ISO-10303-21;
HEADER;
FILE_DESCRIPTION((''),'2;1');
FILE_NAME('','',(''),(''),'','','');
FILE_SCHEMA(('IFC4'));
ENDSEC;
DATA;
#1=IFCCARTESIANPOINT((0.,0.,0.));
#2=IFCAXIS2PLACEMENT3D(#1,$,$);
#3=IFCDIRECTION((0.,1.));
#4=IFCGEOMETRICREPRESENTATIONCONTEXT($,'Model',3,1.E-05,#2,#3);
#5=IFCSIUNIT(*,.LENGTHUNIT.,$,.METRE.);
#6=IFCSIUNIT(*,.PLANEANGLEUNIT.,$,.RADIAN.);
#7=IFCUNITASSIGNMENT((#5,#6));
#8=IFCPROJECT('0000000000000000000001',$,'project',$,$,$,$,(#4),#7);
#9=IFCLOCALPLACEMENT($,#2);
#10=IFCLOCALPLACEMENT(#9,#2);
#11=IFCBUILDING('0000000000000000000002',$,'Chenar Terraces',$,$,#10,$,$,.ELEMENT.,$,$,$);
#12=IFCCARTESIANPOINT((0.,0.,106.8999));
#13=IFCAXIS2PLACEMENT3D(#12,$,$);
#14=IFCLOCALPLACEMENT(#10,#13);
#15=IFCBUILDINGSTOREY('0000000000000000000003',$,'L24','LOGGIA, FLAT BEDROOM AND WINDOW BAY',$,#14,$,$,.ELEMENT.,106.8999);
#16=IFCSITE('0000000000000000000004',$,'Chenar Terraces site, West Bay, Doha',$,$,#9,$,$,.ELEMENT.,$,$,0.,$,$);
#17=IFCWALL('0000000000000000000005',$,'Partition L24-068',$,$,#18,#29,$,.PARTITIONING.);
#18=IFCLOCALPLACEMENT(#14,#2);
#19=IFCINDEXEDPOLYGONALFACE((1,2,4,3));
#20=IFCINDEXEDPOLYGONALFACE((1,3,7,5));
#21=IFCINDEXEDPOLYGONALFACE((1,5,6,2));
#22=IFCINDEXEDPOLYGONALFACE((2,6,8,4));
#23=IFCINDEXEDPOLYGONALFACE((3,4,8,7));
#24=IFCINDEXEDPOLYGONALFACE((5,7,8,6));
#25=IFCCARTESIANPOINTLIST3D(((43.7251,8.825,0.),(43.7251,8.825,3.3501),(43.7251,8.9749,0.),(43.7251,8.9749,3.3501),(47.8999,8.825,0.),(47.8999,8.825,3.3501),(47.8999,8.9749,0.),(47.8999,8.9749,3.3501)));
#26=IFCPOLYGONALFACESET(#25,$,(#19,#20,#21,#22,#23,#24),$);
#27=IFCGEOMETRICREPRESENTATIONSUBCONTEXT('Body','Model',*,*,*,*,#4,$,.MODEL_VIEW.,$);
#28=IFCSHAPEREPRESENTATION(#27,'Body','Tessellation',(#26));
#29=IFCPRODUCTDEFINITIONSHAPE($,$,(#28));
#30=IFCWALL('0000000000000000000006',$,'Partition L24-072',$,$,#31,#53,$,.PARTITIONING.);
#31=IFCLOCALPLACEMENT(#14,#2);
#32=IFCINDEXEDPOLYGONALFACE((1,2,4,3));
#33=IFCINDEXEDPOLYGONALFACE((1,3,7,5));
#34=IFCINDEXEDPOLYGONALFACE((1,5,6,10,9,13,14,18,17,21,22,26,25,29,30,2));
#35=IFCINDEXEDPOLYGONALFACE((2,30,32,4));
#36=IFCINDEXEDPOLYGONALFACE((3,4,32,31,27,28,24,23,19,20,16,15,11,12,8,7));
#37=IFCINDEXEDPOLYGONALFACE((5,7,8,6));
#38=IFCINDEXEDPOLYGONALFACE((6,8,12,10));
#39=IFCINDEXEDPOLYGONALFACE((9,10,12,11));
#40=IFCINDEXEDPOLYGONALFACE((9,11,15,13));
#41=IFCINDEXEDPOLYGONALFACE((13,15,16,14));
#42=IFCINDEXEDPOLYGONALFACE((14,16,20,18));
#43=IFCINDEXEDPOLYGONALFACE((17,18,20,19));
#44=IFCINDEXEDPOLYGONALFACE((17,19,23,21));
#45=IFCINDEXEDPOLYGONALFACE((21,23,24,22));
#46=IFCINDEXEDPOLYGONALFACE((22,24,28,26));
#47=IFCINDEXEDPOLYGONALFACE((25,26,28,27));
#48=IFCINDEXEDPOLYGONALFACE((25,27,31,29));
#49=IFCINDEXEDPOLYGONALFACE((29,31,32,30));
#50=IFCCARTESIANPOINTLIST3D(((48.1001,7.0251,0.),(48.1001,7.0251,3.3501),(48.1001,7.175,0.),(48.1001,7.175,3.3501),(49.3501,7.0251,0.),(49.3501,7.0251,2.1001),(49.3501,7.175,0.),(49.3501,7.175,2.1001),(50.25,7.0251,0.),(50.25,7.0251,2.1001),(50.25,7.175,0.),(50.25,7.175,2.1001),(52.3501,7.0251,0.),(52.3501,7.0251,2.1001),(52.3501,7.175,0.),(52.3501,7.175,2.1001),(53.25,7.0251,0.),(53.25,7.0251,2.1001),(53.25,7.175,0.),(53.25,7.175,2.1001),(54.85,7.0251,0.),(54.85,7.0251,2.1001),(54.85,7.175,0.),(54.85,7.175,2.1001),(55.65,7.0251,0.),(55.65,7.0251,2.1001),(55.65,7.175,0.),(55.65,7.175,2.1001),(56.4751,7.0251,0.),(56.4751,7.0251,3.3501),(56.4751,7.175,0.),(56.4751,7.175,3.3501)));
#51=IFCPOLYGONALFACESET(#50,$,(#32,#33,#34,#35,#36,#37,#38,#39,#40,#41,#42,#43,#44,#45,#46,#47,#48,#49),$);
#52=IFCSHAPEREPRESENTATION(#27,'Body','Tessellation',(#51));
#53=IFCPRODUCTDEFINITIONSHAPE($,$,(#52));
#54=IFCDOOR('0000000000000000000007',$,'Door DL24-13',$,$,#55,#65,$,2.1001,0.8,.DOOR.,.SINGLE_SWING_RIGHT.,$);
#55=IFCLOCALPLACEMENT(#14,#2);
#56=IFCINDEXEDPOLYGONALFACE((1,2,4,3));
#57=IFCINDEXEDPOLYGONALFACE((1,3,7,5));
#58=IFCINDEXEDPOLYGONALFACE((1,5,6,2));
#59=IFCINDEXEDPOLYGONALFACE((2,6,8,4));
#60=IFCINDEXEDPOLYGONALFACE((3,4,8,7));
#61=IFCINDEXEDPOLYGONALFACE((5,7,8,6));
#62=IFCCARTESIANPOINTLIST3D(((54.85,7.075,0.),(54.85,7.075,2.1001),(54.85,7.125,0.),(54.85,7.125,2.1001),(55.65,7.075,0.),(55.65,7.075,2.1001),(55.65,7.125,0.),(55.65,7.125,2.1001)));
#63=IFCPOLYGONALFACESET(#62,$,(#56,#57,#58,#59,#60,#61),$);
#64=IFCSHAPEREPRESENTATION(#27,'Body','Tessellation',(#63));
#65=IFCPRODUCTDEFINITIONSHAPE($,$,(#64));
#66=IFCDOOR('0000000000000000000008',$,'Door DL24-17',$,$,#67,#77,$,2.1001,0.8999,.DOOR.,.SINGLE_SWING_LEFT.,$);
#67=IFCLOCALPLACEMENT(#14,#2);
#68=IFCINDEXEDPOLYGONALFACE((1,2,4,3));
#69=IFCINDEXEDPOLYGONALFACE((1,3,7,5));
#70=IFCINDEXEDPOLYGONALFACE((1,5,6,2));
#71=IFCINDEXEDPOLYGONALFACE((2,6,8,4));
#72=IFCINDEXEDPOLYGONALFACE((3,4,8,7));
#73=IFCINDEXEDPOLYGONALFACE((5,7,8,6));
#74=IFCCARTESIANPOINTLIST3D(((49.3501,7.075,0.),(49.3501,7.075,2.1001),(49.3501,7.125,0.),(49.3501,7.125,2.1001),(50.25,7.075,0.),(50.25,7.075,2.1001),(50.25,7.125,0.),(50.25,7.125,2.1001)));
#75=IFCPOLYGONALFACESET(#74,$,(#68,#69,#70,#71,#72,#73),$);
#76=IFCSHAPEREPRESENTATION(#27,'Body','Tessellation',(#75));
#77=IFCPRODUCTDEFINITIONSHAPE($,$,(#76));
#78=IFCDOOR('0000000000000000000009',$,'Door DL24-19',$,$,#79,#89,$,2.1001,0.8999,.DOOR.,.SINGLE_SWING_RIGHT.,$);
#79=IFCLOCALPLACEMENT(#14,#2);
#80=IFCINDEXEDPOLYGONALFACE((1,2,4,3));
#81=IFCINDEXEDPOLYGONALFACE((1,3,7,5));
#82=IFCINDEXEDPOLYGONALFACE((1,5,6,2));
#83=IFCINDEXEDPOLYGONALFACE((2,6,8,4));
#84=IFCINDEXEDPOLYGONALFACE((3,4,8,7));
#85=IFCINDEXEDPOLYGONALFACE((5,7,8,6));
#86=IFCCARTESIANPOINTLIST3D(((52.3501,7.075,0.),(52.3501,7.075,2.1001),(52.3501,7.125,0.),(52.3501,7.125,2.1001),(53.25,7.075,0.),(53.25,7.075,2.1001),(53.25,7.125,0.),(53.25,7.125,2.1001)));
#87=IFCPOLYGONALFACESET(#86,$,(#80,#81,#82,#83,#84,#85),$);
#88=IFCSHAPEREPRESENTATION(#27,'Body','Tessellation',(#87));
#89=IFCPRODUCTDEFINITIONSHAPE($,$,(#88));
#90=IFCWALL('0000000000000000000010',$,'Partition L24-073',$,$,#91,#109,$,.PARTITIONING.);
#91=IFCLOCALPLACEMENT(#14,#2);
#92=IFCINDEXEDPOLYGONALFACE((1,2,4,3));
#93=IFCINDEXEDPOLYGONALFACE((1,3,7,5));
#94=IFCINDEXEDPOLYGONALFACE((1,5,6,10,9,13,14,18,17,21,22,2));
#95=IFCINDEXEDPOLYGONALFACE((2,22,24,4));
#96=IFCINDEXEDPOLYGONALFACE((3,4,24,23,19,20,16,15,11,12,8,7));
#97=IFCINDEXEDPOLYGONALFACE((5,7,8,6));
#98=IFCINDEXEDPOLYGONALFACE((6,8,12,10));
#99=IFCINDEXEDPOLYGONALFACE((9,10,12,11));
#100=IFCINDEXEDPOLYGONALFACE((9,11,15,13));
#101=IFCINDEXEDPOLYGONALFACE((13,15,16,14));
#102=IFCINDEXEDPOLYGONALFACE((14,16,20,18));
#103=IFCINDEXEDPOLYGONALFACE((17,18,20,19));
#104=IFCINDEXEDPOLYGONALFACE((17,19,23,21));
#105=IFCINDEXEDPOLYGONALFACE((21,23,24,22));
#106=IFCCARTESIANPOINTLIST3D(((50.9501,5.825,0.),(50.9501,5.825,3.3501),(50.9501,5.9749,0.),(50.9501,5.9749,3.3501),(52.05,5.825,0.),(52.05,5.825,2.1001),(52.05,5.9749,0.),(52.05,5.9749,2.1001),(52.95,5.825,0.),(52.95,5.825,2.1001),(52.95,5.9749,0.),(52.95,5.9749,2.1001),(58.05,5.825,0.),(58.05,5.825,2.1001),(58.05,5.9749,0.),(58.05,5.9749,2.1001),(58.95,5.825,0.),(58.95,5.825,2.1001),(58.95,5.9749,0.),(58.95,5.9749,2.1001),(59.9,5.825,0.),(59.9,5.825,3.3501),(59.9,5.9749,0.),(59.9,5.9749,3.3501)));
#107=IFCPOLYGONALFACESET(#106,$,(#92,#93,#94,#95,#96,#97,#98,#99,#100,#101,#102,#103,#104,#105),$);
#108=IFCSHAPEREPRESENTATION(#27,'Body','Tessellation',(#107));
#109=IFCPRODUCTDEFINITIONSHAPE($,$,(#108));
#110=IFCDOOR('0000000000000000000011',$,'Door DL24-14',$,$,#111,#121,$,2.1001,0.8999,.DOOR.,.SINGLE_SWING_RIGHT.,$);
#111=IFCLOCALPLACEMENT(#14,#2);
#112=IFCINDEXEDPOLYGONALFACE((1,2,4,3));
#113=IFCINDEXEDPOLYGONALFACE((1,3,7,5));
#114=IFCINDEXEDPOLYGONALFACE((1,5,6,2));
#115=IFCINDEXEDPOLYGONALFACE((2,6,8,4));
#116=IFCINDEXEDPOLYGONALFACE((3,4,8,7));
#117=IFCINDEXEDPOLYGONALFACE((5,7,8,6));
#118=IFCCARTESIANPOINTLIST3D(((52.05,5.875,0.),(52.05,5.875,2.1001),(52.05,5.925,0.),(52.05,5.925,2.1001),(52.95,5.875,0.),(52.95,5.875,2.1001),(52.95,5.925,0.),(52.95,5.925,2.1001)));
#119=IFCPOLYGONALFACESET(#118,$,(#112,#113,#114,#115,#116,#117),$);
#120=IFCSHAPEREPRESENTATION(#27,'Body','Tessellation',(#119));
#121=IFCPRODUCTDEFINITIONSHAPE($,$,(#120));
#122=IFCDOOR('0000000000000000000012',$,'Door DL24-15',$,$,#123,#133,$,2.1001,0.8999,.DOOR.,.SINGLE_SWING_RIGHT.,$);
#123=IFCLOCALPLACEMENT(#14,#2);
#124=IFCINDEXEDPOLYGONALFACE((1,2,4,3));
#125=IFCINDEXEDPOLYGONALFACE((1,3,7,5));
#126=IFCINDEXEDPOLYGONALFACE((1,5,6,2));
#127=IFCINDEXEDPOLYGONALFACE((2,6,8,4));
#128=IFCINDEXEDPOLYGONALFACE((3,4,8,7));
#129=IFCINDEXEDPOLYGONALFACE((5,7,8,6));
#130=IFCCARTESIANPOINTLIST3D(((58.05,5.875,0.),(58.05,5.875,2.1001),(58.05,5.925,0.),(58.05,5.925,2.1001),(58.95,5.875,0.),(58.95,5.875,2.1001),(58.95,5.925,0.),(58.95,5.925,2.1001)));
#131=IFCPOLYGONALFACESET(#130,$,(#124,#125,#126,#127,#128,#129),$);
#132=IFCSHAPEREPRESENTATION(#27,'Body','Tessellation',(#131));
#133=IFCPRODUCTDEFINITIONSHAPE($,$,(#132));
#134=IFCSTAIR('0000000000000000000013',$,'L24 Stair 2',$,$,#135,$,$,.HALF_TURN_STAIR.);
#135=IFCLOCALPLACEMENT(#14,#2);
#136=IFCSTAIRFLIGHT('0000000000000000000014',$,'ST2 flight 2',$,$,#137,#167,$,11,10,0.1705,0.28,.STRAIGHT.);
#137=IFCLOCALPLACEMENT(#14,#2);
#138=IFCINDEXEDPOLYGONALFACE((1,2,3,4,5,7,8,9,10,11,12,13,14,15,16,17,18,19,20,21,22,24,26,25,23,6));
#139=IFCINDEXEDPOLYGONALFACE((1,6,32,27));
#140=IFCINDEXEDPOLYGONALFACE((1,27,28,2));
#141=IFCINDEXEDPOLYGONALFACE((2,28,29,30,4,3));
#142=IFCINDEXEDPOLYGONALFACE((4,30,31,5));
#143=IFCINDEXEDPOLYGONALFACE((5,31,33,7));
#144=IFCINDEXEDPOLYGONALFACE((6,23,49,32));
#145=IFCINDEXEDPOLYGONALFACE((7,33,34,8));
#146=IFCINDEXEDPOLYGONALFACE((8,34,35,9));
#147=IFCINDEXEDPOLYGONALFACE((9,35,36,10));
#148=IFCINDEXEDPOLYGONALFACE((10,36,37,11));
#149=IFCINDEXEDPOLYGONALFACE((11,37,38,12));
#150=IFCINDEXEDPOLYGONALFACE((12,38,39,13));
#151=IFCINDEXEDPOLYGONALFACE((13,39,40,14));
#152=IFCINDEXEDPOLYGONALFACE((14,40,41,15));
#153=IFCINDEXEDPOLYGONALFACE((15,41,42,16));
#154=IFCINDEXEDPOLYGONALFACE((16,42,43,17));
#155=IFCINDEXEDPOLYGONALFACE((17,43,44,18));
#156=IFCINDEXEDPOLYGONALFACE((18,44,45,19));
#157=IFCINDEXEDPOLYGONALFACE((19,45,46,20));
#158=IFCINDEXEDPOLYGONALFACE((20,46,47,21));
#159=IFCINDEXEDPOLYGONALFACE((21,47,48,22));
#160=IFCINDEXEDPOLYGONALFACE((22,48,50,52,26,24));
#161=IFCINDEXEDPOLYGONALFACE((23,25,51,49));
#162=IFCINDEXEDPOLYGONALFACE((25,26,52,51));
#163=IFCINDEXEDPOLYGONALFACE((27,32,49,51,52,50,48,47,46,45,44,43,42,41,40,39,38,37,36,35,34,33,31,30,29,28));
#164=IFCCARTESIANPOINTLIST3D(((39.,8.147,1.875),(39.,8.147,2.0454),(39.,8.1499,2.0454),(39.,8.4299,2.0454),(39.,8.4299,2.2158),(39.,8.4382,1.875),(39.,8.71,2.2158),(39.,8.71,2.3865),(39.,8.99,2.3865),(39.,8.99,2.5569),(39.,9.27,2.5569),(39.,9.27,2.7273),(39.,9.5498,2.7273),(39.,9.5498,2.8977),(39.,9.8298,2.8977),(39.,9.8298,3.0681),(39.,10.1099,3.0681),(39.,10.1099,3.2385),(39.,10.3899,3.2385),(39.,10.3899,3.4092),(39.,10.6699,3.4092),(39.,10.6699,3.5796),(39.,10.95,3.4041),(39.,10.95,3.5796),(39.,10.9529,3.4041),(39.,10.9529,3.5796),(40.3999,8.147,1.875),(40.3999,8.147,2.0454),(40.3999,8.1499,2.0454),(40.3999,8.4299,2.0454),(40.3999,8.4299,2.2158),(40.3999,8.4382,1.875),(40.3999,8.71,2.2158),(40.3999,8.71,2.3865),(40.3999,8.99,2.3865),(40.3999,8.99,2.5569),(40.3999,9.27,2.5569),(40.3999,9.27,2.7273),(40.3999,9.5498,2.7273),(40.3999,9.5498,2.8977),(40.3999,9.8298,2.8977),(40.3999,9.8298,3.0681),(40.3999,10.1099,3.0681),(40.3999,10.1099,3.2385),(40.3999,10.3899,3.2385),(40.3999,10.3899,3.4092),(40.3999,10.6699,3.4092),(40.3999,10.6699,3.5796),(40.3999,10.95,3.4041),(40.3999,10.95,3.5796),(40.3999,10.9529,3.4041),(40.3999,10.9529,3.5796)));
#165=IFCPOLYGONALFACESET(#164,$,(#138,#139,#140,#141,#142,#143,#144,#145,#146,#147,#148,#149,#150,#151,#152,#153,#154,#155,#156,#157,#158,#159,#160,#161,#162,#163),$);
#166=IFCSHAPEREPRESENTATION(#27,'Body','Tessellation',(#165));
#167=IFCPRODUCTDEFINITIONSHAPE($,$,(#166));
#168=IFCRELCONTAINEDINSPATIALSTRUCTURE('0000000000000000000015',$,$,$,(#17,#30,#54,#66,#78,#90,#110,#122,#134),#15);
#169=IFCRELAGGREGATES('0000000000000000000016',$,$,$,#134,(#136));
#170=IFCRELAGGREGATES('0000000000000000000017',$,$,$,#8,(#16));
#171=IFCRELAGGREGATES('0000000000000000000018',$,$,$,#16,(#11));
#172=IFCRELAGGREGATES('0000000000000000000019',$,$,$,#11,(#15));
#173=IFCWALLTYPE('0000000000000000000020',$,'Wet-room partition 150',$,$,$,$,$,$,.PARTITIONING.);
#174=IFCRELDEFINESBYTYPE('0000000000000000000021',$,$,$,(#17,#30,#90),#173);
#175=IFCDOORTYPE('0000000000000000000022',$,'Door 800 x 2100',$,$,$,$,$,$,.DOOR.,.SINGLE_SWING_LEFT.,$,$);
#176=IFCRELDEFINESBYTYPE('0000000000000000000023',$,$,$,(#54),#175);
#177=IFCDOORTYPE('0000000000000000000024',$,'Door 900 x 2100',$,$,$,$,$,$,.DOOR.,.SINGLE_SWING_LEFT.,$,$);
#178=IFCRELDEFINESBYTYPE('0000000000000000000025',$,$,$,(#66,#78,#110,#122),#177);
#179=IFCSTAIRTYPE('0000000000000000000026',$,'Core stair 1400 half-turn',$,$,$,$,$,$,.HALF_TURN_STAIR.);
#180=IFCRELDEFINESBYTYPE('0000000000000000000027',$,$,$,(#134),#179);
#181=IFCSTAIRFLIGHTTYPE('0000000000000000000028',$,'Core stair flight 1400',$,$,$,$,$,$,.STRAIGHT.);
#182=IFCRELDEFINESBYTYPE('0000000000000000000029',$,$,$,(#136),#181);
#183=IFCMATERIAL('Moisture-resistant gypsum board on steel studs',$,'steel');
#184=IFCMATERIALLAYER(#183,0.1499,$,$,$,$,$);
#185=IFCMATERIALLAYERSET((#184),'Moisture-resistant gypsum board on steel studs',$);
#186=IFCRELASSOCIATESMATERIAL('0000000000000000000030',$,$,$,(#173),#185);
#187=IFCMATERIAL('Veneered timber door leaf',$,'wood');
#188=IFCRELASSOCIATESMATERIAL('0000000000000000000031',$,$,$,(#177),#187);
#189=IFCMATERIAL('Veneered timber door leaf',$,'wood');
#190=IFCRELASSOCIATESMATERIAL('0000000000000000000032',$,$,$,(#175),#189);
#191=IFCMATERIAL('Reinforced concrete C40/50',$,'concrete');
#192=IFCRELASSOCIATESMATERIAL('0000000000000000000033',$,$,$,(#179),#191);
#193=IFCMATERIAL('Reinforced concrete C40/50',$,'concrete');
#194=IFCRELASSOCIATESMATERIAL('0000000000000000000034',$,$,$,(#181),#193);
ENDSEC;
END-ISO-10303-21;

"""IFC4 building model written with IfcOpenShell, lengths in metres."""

from ifc_helpers import new_model, si_unit, direction, frame, frame_2d, origin, place, context, subcontext, project, spatial, polyline, rectangle, outline, extrude, material, layer, layer_set, type_object, element, fill, aggregate, save


model = new_model("IFC4")

# Units and contexts
model_context = context("Model", 3, precision=1e-05, world=origin(), true_north=direction((0.0, 1.0)))
body_context = subcontext(model_context, "Body", "Model", "MODEL_VIEW")
ifc_project = project(units=[si_unit("LENGTHUNIT", "METRE"), si_unit("PLANEANGLEUNIT", "RADIAN")], contexts=[model_context])

# Site, building, storey
site_placement = place(None, origin())
site = spatial("IfcSite", under=ifc_project, at=site_placement, Name="Chenar Terraces site, West Bay, Doha", CompositionType="ELEMENT", RefElevation=0.0)
building_placement = place(site_placement, origin())
building = spatial("IfcBuilding", under=site, at=building_placement, Name="Chenar Terraces", CompositionType="ELEMENT")
storey_placement = place(building_placement, frame((0.0, 0.0, 106.8999)))
storey = spatial("IfcBuildingStorey", under=building, at=storey_placement, Name="L24", Description="LOGGIA, FLAT BEDROOM AND WINDOW BAY", CompositionType="ELEMENT", Elevation=106.8999)

# Shared definitions
ifc_material_1 = material(Name="Moisture-resistant gypsum board on steel studs", Category="steel")
ifc_layer_1 = layer(ifc_material_1, 0.1499)
ifc_layer_set_1 = layer_set([ifc_layer_1], Name="Moisture-resistant gypsum board on steel studs")
wall_type_1 = type_object("IfcWallType", Name="Wet-room partition 150", PredefinedType="PARTITIONING", material=ifc_layer_set_1)
ifc_material_2 = material(Name="Veneered timber door leaf", Category="wood")
door_type_1 = type_object("IfcDoorType", Name="Door 900 x 2100", OperationType="SINGLE_SWING_LEFT", PredefinedType="DOOR", material=ifc_material_2)
ifc_material_3 = material(Name="Veneered timber door leaf", Category="wood")
door_type_2 = type_object("IfcDoorType", Name="Door 800 x 2100", OperationType="SINGLE_SWING_LEFT", PredefinedType="DOOR", material=ifc_material_3)

# Wall
wall_1_placement = place(storey_placement, frame((43.7251, 8.8999, 0.0), z_axis=(0.0, 0.0, 1.0), x_axis=(1.0, 0.0, 0.0)))
element("IfcWall", 1, at=wall_1_placement, inside=storey, type_object=wall_type_1, Name="Partition L24-068", PredefinedType="PARTITIONING", context=body_context, shape_type="SweptSolid", body=[
    extrude(rectangle(XDim=4.1748, YDim=0.1499, at=frame_2d((2.0874, 0.0))), origin(), (0.0, 0.0, 1.0), 3.3501),
])

# Walls, openings, doors
wall_2_placement = place(storey_placement, frame((48.1001, 7.1001, 0.0), z_axis=(0.0, 0.0, 1.0), x_axis=(1.0, 0.0, 0.0)))
wall_2 = element("IfcWall", 2, at=wall_2_placement, inside=storey, type_object=wall_type_1, Name="Partition L24-072", PredefinedType="PARTITIONING", context=body_context, shape_type="SweptSolid", body=[
    extrude(rectangle(XDim=8.375, YDim=0.1499, at=frame_2d((4.1875, 0.0))), origin(), (0.0, 0.0, 1.0), 3.3501),
])
opening_1_placement = place(wall_2_placement, frame((6.75, 0.0, 0.0)))
opening_1 = element("IfcOpeningElement", 3, at=opening_1_placement, cuts=wall_2, PredefinedType="OPENING", context=body_context, shape_type="SweptSolid", body=[
    extrude(rectangle(XDim=0.8, YDim=2.1001, at=frame_2d((0.3999, 1.05))), frame((0.0, 0.085, 0.0), z_axis=(0.0, -1.0, 0.0), x_axis=(1.0, 0.0, 0.0)), (0.0, 0.0, 1.0), 0.1699),
])
opening_2_placement = place(wall_2_placement, frame((1.25, 0.0, 0.0)))
opening_2 = element("IfcOpeningElement", 4, at=opening_2_placement, cuts=wall_2, PredefinedType="OPENING", context=body_context, shape_type="SweptSolid", body=[
    extrude(rectangle(XDim=0.8999, YDim=2.1001, at=frame_2d((0.45, 1.05))), frame((0.0, 0.085, 0.0), z_axis=(0.0, -1.0, 0.0), x_axis=(1.0, 0.0, 0.0)), (0.0, 0.0, 1.0), 0.1699),
])
opening_3_placement = place(wall_2_placement, frame((4.25, 0.0, 0.0)))
opening_3 = element("IfcOpeningElement", 5, at=opening_3_placement, cuts=wall_2, PredefinedType="OPENING", context=body_context, shape_type="SweptSolid", body=[
    extrude(rectangle(XDim=0.8999, YDim=2.1001, at=frame_2d((0.45, 1.05))), frame((0.0, 0.085, 0.0), z_axis=(0.0, -1.0, 0.0), x_axis=(1.0, 0.0, 0.0)), (0.0, 0.0, 1.0), 0.1699),
])
door_1_placement = place(opening_1_placement, origin())
door_1 = element("IfcDoor", 6, at=door_1_placement, inside=storey, type_object=door_type_2, Name="Door DL24-13", OperationType="SINGLE_SWING_RIGHT", OverallHeight=2.1001, OverallWidth=0.8, PredefinedType="DOOR", context=body_context, shape_type="SweptSolid", body=[
    extrude(rectangle(XDim=0.8, YDim=2.1001, at=frame_2d((0.3999, 1.05))), frame((0.0, 0.0249, 0.0), z_axis=(0.0, -1.0, 0.0), x_axis=(1.0, 0.0, 0.0)), (0.0, 0.0, 1.0), 0.05),
])
fill(opening_1, door_1)
door_2_placement = place(opening_2_placement, origin())
door_2 = element("IfcDoor", 7, at=door_2_placement, inside=storey, type_object=door_type_1, Name="Door DL24-17", OperationType="SINGLE_SWING_LEFT", OverallHeight=2.1001, OverallWidth=0.8999, PredefinedType="DOOR", context=body_context, shape_type="SweptSolid", body=[
    extrude(rectangle(XDim=0.8999, YDim=2.1001, at=frame_2d((0.45, 1.05))), frame((0.0, 0.0249, 0.0), z_axis=(0.0, -1.0, 0.0), x_axis=(1.0, 0.0, 0.0)), (0.0, 0.0, 1.0), 0.05),
])
fill(opening_2, door_2)
door_3_placement = place(opening_3_placement, origin())
door_3 = element("IfcDoor", 8, at=door_3_placement, inside=storey, type_object=door_type_1, Name="Door DL24-19", OperationType="SINGLE_SWING_RIGHT", OverallHeight=2.1001, OverallWidth=0.8999, PredefinedType="DOOR", context=body_context, shape_type="SweptSolid", body=[
    extrude(rectangle(XDim=0.8999, YDim=2.1001, at=frame_2d((0.45, 1.05))), frame((0.0, 0.0249, 0.0), z_axis=(0.0, -1.0, 0.0), x_axis=(1.0, 0.0, 0.0)), (0.0, 0.0, 1.0), 0.05),
])
fill(opening_3, door_3)
wall_3_placement = place(storey_placement, frame((50.95, 5.8999, 0.0), z_axis=(0.0, 0.0, 1.0), x_axis=(1.0, 0.0, 0.0)))
wall_3 = element("IfcWall", 9, at=wall_3_placement, inside=storey, type_object=wall_type_1, Name="Partition L24-073", PredefinedType="PARTITIONING", context=body_context, shape_type="SweptSolid", body=[
    extrude(rectangle(XDim=8.95, YDim=0.1499, at=frame_2d((4.4751, 0.0))), origin(), (0.0, 0.0, 1.0), 3.3501),
])
opening_4_placement = place(wall_3_placement, frame((1.1001, 0.0, 0.0)))
opening_4 = element("IfcOpeningElement", 10, at=opening_4_placement, cuts=wall_3, PredefinedType="OPENING", context=body_context, shape_type="SweptSolid", body=[
    extrude(rectangle(XDim=0.8999, YDim=2.1001, at=frame_2d((0.45, 1.05))), frame((0.0, 0.085, 0.0), z_axis=(0.0, -1.0, 0.0), x_axis=(1.0, 0.0, 0.0)), (0.0, 0.0, 1.0), 0.1699),
])
opening_5_placement = place(wall_3_placement, frame((7.1001, 0.0, 0.0)))
opening_5 = element("IfcOpeningElement", 11, at=opening_5_placement, cuts=wall_3, PredefinedType="OPENING", context=body_context, shape_type="SweptSolid", body=[
    extrude(rectangle(XDim=0.8999, YDim=2.1001, at=frame_2d((0.45, 1.05))), frame((0.0, 0.085, 0.0), z_axis=(0.0, -1.0, 0.0), x_axis=(1.0, 0.0, 0.0)), (0.0, 0.0, 1.0), 0.1699),
])
door_4_placement = place(opening_4_placement, frame((0.8999, 0.0, 0.0), z_axis=(0.0, 0.0, 1.0), x_axis=(-1.0, 0.0, 0.0)))
door_4 = element("IfcDoor", 12, at=door_4_placement, inside=storey, type_object=door_type_1, Name="Door DL24-14", OperationType="SINGLE_SWING_RIGHT", OverallHeight=2.1001, OverallWidth=0.8999, PredefinedType="DOOR", context=body_context, shape_type="SweptSolid", body=[
    extrude(rectangle(XDim=0.8999, YDim=2.1001, at=frame_2d((0.45, 1.05))), frame((0.0, 0.0249, 0.0), z_axis=(0.0, -1.0, 0.0), x_axis=(1.0, 0.0, 0.0)), (0.0, 0.0, 1.0), 0.05),
])
fill(opening_4, door_4)
door_5_placement = place(opening_5_placement, frame((0.8999, 0.0, 0.0), z_axis=(0.0, 0.0, 1.0), x_axis=(-1.0, 0.0, 0.0)))
door_5 = element("IfcDoor", 13, at=door_5_placement, inside=storey, type_object=door_type_1, Name="Door DL24-15", OperationType="SINGLE_SWING_RIGHT", OverallHeight=2.1001, OverallWidth=0.8999, PredefinedType="DOOR", context=body_context, shape_type="SweptSolid", body=[
    extrude(rectangle(XDim=0.8999, YDim=2.1001, at=frame_2d((0.45, 1.05))), frame((0.0, 0.0249, 0.0), z_axis=(0.0, -1.0, 0.0), x_axis=(1.0, 0.0, 0.0)), (0.0, 0.0, 1.0), 0.05),
])
fill(opening_5, door_5)

# Stair, stair flight
ifc_material_4 = material(Name="Reinforced concrete C40/50", Category="concrete")
stair_type = type_object("IfcStairType", Name="Core stair 1400 half-turn", PredefinedType="HALF_TURN_STAIR", material=ifc_material_4)
stair_placement = place(storey_placement, origin())
stair = element("IfcStair", 14, at=stair_placement, inside=storey, type_object=stair_type, Name="L24 Stair 2", PredefinedType="HALF_TURN_STAIR")
ifc_material_5 = material(Name="Reinforced concrete C40/50", Category="concrete")
stair_flight_type = type_object("IfcStairFlightType", Name="Core stair flight 1400", PredefinedType="STRAIGHT", material=ifc_material_5)
stair_flight_placement = place(storey_placement, frame((39.7, 8.1499, 1.875), z_axis=(0.0, 0.0, 1.0), x_axis=(0.0, 1.0, 0.0)))
stair_flight = element("IfcStairFlight", 15, at=stair_flight_placement, type_object=stair_flight_type, Name="ST2 flight 2", NumberOfRisers=11, NumberOfTreads=10, PredefinedType="STRAIGHT", RiserHeight=0.1705, TreadLength=0.28, context=body_context, shape_type="SweptSolid", body=[
    extrude(outline(polyline([(-0.0029, 0.0), (-0.0029, 0.1704), (0.0, 0.1704), (0.28, 0.1704), (0.28, 0.3408), (0.5601, 0.3408), (0.5601, 0.5115), (0.8401, 0.5115), (0.8401, 0.6819), (1.1201, 0.6819), (1.1201, 0.8523), (1.3999, 0.8523), (1.3999, 1.0227), (1.6799, 1.0227), (1.6799, 1.1931), (1.96, 1.1931), (1.96, 1.3635), (2.24, 1.3635), (2.24, 1.5342), (2.52, 1.5342), (2.52, 1.7046), (2.8, 1.7046), (2.803, 1.7046), (2.803, 1.5291), (2.8, 1.5291), (0.2883, 0.0), (-0.0029, 0.0)])), frame((0.0, 0.7, 0.0), z_axis=(0.0, -1.0, 0.0), x_axis=(1.0, 0.0, 0.0)), (0.0, 0.0, 1.0), 1.3999),
])
aggregate(stair, [stair_flight])

save(model, "model.ifc")
